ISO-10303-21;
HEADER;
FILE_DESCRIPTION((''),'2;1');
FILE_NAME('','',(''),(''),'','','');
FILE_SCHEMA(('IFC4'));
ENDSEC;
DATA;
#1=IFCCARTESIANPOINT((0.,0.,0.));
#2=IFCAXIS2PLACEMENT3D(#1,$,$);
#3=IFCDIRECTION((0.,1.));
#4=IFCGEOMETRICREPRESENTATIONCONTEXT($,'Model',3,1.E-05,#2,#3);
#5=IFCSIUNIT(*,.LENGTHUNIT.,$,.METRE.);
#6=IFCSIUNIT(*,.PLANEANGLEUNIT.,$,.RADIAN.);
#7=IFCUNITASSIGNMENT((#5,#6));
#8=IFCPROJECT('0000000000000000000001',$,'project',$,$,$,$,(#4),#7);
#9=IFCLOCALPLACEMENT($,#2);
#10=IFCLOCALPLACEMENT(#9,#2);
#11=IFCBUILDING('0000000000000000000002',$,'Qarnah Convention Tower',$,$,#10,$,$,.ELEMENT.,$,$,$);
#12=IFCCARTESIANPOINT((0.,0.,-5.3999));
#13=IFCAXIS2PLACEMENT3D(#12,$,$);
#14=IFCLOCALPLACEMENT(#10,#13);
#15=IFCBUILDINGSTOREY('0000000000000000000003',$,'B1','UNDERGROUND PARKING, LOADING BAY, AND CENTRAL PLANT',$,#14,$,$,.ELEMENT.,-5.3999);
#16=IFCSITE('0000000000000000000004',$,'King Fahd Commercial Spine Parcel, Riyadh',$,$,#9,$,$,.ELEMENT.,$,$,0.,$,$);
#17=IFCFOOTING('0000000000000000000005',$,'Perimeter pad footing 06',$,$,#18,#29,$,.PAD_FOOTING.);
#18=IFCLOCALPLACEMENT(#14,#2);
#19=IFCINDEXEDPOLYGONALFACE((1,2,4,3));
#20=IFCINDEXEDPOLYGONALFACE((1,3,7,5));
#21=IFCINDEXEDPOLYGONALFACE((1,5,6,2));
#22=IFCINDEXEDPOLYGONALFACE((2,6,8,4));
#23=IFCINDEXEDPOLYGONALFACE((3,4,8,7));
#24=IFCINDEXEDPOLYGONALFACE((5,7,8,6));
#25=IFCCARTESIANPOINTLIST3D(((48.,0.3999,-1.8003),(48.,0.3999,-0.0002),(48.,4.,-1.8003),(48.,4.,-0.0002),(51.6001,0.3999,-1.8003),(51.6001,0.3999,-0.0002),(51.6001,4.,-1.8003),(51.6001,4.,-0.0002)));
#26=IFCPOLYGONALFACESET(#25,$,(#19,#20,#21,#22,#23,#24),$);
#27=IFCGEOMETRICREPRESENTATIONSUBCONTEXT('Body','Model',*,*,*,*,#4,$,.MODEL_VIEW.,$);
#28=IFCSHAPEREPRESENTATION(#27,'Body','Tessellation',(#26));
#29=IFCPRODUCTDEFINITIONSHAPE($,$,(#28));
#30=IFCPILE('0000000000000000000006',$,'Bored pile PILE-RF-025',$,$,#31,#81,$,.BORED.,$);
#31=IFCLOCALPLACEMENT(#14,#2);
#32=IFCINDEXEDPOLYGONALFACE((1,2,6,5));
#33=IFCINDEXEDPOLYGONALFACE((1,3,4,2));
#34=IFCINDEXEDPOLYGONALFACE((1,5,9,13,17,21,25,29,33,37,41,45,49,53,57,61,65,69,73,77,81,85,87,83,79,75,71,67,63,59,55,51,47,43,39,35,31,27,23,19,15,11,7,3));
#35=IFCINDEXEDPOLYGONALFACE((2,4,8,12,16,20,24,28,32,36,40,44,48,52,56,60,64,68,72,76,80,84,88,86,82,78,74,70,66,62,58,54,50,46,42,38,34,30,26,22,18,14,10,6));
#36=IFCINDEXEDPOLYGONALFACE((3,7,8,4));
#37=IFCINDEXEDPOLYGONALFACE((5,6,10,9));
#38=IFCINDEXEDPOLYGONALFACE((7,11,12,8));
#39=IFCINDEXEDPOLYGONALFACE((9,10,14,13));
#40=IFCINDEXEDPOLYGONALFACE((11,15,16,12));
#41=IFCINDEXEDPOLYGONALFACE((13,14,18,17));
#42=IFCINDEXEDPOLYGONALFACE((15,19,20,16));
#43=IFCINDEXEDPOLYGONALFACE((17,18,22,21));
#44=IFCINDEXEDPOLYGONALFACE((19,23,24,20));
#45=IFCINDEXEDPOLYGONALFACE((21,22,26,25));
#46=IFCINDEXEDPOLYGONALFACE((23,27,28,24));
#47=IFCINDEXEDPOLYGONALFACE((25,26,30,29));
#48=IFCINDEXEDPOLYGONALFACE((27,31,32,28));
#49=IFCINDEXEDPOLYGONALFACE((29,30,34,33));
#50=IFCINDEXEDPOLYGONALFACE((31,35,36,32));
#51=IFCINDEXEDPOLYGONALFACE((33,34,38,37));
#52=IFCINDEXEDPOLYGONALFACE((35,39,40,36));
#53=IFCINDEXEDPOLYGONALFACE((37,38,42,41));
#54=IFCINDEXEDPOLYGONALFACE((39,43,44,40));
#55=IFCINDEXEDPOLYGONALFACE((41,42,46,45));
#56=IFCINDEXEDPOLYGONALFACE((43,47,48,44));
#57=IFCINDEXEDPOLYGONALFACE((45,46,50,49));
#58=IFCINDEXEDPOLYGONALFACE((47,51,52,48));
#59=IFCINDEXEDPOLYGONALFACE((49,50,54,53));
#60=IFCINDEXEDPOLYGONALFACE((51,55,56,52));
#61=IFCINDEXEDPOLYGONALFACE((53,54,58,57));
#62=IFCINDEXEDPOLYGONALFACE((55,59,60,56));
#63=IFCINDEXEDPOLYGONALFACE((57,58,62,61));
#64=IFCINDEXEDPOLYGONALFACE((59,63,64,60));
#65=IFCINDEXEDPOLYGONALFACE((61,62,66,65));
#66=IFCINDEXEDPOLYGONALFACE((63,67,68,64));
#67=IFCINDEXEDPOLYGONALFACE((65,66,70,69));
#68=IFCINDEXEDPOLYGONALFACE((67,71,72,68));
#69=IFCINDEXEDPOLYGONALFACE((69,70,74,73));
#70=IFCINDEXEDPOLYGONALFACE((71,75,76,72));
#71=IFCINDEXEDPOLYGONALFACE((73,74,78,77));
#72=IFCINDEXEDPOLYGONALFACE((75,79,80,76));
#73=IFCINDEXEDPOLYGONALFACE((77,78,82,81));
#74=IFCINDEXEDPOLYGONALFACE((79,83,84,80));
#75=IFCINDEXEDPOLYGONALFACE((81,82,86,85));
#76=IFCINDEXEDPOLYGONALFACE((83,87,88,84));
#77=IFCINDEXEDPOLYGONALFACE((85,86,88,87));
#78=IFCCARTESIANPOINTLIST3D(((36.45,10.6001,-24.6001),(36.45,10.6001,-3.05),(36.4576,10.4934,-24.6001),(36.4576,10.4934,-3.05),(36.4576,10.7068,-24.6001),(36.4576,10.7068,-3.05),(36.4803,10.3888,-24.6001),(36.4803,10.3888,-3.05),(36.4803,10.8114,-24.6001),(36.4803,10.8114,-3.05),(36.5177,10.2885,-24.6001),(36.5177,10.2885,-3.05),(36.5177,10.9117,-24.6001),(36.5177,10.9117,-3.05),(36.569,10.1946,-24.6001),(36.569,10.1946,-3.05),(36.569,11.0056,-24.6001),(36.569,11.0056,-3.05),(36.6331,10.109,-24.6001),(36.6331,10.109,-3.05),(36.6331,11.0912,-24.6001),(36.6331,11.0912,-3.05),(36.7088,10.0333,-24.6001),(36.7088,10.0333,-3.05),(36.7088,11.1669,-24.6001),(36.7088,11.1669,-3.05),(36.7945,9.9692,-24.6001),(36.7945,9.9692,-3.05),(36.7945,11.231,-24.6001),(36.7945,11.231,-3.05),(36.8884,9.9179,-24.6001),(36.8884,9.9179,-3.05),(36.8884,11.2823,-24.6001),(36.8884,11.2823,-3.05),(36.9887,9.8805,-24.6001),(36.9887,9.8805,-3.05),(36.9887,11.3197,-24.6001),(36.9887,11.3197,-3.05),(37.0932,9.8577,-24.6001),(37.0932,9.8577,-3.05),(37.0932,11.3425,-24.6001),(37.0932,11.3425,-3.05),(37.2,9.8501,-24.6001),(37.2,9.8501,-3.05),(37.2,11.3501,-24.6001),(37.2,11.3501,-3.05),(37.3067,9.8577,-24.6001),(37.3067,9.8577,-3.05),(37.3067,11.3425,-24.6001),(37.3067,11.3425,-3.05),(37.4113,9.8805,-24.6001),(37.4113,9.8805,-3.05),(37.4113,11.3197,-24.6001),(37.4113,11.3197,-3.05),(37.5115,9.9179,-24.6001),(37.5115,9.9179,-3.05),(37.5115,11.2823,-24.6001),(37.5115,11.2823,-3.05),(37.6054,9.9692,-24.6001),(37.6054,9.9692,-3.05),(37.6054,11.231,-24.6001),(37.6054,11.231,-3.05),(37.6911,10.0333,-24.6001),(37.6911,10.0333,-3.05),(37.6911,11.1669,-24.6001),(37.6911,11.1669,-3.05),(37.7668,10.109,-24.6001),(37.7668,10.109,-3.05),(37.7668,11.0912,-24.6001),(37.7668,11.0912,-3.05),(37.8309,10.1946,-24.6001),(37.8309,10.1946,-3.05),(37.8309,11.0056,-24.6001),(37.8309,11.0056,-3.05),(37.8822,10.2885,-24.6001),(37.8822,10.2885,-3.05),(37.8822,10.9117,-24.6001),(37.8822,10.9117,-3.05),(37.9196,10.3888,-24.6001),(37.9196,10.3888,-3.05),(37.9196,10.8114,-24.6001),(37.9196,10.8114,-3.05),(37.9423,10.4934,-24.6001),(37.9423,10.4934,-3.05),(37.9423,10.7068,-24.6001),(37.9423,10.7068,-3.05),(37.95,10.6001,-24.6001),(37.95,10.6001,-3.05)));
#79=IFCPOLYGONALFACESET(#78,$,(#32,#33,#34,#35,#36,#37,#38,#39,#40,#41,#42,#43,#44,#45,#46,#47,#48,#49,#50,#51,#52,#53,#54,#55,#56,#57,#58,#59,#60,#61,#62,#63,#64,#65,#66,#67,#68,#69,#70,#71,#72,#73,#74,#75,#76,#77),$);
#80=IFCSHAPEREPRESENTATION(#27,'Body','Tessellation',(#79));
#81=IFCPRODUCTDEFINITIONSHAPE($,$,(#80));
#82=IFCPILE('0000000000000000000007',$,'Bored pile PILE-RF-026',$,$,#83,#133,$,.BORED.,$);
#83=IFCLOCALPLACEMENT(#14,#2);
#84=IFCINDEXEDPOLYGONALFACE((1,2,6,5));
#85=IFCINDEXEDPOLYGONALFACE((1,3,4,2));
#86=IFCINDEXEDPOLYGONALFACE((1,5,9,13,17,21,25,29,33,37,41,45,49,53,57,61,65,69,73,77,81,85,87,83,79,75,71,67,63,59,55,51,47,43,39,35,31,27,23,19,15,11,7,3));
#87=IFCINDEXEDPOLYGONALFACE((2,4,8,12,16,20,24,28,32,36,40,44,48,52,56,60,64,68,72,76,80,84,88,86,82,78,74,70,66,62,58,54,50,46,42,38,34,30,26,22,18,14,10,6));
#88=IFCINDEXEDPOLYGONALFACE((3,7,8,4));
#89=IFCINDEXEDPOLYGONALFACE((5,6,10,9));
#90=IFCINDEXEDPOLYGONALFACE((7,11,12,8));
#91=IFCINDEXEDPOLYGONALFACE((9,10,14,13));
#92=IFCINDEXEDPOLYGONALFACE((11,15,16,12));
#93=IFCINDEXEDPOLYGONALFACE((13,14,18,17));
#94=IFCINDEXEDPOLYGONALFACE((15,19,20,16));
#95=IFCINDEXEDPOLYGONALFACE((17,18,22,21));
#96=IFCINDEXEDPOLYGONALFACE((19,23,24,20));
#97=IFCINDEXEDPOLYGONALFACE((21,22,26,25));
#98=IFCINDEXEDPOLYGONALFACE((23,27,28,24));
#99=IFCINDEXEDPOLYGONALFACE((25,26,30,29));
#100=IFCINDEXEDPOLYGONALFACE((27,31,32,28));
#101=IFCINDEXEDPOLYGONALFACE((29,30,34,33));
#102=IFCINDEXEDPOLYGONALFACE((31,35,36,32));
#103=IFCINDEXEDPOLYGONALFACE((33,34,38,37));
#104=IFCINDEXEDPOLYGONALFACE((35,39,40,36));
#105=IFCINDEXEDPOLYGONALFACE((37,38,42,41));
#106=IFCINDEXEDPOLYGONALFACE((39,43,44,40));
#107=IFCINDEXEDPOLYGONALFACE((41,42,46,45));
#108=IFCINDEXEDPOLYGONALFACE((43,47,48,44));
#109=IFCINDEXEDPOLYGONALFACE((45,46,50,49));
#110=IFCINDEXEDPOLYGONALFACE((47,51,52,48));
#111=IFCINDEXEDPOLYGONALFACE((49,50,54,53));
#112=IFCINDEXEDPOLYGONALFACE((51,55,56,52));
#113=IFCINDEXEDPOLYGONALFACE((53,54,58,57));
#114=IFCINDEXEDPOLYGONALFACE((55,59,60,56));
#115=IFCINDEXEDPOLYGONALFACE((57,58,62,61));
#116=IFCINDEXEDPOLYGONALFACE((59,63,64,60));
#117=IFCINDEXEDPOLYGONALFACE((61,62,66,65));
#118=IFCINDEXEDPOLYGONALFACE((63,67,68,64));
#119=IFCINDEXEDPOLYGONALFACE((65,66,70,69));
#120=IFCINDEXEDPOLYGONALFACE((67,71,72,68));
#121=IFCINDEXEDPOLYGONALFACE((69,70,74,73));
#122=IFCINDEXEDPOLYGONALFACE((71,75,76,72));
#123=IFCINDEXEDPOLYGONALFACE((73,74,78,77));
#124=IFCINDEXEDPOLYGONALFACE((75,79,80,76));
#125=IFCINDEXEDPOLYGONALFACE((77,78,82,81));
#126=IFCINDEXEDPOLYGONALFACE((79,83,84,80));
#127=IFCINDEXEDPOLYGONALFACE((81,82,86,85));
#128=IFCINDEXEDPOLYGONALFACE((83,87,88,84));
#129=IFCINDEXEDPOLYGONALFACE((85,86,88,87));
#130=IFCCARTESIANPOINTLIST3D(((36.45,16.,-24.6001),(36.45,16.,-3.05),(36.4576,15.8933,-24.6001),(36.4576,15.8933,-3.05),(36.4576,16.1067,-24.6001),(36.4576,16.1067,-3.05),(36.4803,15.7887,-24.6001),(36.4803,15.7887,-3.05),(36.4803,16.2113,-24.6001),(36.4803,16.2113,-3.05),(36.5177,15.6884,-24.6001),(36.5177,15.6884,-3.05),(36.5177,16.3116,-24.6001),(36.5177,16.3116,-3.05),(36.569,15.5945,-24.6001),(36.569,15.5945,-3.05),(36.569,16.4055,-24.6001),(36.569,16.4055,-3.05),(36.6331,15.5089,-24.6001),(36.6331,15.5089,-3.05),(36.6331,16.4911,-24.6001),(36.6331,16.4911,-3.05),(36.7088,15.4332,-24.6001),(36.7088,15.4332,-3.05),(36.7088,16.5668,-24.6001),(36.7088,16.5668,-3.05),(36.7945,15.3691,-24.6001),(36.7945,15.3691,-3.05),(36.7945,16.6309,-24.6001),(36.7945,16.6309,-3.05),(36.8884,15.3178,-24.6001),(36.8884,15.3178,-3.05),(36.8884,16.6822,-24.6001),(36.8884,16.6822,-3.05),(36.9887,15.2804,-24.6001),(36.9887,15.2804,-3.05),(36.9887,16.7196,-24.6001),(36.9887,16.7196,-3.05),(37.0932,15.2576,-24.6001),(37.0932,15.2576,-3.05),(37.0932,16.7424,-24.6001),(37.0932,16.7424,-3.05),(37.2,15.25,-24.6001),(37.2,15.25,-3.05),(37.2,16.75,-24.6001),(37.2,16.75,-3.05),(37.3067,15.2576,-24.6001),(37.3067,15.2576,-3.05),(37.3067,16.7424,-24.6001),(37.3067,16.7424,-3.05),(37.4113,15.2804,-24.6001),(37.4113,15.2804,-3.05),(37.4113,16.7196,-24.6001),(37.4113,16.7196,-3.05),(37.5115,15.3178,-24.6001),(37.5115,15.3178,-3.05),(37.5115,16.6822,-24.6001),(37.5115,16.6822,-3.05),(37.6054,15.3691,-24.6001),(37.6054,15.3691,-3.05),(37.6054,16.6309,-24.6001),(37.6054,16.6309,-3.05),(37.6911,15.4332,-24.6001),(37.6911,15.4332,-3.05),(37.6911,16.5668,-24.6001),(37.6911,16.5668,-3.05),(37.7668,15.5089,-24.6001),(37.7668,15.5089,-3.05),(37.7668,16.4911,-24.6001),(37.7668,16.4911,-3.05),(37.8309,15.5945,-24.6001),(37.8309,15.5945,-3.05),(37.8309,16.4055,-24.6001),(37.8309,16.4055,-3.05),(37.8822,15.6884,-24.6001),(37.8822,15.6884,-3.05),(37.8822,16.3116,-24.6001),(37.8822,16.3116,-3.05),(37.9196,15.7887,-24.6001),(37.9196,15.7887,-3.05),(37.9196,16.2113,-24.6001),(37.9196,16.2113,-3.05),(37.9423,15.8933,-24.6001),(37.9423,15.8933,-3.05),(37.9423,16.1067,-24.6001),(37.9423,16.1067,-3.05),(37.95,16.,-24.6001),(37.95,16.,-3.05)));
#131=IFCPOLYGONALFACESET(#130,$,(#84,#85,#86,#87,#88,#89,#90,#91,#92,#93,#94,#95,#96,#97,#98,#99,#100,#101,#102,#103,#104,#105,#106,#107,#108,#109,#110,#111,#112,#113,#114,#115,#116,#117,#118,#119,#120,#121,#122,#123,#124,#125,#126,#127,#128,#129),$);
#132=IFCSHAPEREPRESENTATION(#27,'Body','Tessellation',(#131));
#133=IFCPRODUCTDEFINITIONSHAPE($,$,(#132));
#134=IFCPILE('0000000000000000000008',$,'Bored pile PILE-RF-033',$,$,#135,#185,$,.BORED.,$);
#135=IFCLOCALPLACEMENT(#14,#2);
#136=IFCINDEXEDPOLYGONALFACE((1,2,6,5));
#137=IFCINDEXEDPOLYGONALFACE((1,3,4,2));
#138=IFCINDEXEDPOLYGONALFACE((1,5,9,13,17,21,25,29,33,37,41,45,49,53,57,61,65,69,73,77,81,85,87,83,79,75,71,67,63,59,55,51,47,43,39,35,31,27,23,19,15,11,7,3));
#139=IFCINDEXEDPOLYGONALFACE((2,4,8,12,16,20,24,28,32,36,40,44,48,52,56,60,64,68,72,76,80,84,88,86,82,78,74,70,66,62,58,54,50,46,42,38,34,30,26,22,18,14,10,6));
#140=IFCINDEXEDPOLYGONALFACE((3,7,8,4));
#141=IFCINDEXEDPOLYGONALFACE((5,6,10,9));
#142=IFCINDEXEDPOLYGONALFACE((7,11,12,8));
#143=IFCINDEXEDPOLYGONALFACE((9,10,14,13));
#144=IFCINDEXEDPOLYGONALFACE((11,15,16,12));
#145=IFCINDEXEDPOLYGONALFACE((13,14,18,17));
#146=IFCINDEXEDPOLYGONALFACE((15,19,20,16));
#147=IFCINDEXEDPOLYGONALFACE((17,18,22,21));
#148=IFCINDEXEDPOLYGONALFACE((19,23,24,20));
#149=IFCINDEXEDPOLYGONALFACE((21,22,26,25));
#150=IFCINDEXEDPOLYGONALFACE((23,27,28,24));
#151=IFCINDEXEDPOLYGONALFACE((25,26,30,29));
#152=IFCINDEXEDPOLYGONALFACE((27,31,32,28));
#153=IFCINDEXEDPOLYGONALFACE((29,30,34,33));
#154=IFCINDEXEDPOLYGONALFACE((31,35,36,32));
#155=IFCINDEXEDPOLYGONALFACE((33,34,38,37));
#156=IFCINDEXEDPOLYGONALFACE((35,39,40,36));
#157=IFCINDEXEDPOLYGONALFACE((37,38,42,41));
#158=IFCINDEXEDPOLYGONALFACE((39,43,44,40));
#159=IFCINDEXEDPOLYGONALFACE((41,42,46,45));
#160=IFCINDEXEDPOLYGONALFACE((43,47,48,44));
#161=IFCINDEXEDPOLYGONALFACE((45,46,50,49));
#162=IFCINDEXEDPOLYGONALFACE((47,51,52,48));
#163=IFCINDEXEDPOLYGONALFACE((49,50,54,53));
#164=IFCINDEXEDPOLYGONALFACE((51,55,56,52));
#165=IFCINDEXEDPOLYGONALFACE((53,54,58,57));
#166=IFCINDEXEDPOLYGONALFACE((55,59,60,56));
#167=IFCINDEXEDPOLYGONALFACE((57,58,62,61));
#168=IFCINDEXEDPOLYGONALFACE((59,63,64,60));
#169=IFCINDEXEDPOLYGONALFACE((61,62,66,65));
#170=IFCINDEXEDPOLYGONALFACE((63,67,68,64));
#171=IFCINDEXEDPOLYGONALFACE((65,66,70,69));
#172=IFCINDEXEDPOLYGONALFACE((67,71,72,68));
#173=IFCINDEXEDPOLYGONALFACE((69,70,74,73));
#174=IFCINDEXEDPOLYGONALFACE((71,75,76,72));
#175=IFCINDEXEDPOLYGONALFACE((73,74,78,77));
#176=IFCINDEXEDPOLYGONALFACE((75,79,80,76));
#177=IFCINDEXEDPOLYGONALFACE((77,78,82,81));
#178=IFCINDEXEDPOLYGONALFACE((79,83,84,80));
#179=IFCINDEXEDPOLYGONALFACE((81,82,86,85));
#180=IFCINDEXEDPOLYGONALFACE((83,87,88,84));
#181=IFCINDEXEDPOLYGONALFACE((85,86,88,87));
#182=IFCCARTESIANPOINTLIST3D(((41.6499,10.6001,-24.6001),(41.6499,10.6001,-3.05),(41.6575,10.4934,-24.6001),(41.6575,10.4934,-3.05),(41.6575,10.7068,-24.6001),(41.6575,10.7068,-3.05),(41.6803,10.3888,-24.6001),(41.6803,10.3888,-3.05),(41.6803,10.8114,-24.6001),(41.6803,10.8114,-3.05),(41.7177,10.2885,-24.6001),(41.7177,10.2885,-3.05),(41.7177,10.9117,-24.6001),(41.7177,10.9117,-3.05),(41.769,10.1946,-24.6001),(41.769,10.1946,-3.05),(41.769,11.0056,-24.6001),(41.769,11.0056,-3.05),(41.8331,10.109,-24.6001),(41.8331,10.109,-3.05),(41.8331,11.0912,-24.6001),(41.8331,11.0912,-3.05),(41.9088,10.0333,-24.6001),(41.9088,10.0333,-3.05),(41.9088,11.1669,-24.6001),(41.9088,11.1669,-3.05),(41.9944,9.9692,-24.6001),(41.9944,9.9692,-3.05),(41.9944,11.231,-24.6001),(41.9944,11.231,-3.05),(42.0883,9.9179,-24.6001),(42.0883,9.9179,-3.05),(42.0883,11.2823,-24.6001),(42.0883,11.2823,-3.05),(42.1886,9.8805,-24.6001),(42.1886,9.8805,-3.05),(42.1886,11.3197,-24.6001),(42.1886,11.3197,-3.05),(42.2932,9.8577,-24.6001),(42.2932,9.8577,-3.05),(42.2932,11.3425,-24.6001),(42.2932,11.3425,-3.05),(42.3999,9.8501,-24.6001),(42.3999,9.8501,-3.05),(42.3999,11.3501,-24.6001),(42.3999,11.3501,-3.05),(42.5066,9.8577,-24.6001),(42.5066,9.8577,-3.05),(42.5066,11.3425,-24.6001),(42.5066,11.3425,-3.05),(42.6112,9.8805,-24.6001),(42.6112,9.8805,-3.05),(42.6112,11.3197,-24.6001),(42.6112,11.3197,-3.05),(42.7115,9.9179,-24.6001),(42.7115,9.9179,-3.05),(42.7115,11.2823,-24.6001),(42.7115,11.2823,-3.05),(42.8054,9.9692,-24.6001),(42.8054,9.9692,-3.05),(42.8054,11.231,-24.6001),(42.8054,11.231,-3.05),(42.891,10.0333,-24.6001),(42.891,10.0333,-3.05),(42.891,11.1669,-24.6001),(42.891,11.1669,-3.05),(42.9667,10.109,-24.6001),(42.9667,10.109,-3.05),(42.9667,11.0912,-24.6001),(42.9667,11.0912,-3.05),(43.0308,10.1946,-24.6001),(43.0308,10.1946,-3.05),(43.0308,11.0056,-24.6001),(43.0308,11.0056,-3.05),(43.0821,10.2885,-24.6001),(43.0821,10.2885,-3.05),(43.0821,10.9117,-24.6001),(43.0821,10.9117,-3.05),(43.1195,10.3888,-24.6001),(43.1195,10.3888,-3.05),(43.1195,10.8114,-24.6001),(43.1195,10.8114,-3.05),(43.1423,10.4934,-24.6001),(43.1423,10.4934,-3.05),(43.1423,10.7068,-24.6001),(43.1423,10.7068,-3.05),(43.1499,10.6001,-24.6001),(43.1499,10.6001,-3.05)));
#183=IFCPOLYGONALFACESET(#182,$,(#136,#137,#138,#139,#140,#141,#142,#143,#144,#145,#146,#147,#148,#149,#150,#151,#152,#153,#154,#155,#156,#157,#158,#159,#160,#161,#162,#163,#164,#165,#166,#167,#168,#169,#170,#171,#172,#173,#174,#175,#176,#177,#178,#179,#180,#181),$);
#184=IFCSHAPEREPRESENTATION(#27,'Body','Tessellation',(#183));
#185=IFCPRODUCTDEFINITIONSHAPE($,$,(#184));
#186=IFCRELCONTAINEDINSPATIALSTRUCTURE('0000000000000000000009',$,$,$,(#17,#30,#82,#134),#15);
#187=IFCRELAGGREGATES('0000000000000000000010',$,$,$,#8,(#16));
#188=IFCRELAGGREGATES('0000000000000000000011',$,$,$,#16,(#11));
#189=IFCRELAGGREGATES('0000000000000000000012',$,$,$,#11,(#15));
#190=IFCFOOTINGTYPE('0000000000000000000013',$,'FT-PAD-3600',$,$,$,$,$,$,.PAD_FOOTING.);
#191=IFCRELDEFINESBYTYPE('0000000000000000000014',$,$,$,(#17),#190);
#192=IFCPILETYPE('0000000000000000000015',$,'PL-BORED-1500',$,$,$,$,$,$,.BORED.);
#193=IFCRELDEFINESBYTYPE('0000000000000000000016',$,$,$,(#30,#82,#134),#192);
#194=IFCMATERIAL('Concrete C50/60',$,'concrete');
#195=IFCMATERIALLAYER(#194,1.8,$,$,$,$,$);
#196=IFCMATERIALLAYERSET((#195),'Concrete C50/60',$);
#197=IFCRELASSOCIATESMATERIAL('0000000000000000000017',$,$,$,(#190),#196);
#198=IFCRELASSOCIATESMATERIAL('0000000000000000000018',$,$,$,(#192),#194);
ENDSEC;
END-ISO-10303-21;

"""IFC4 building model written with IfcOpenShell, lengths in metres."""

from ifc_helpers import new_model, si_unit, direction, frame, origin, origin_2d, place, context, subcontext, project, spatial, rectangle, circle, extrude, material, layer, layer_set, material_profile, profile_set, type_object, element, save


model = new_model("IFC4")

# Units and contexts
model_context = context("Model", 3, precision=1e-05, world=origin(), true_north=direction((0.0, 1.0)))
body_context = subcontext(model_context, "Body", "Model", "MODEL_VIEW")
ifc_project = project(units=[si_unit("LENGTHUNIT", "METRE"), si_unit("PLANEANGLEUNIT", "RADIAN")], contexts=[model_context])

# Site, building, storey
site_placement = place(None, origin())
site = spatial("IfcSite", under=ifc_project, at=site_placement, Name="King Fahd Commercial Spine Parcel, Riyadh", CompositionType="ELEMENT", RefElevation=0.0)
building_placement = place(site_placement, origin())
building = spatial("IfcBuilding", under=site, at=building_placement, Name="Qarnah Convention Tower", CompositionType="ELEMENT")
storey_placement = place(building_placement, frame((0.0, 0.0, -5.3999)))
storey = spatial("IfcBuildingStorey", under=building, at=storey_placement, Name="B1", Description="UNDERGROUND PARKING, LOADING BAY, AND CENTRAL PLANT", CompositionType="ELEMENT", Elevation=-5.3999)

# Footing
ifc_material_1 = material(Name="Concrete C50/60", Category="concrete")
ifc_layer_1 = layer(ifc_material_1, 1.8)
ifc_layer_set_1 = layer_set([ifc_layer_1], Name="Concrete C50/60")
footing_type = type_object("IfcFootingType", Name="FT-PAD-3600", PredefinedType="PAD_FOOTING", material=ifc_layer_set_1)
footing_placement = place(storey_placement, frame((49.8, 2.2, -1.8003), z_axis=(0.0, 0.0, 1.0), x_axis=(1.0, 0.0, 0.0)))
element("IfcFooting", 1, at=footing_placement, inside=storey, type_object=footing_type, Name="Perimeter pad footing 06", PredefinedType="PAD_FOOTING", context=body_context, shape_type="SweptSolid", body=[
    extrude(rectangle(XDim=3.6001, YDim=3.6001, at=origin_2d()), origin(), (0.0, 0.0, 1.0), 1.8),
])

# Piles
ifc_material_profile_1 = material_profile(ifc_material_1, circle(Radius=0.75, at=origin_2d()), Name="PILE-D1500")
ifc_profile_set_1 = profile_set([ifc_material_profile_1], Name="Concrete C50/60")
pile_type_1 = type_object("IfcPileType", Name="PL-BORED-1500", PredefinedType="BORED", material=ifc_profile_set_1)
for number, where, z_axis, x_axis, name in (
    (2, (37.2, 10.6001, -3.05), (0.0, 0.0, -1.0), (1.0, 0.0, 0.0), "Bored pile PILE-RF-025"),
    (3, (37.2, 16.0, -3.05), (0.0, 0.0, -1.0), (1.0, 0.0, 0.0), "Bored pile PILE-RF-026"),
    (4, (42.3999, 10.6001, -3.05), (0.0, 0.0, -1.0), (1.0, 0.0, 0.0), "Bored pile PILE-RF-033"),
):
    element("IfcPile", number, at=place(storey_placement, frame(where, z_axis=z_axis, x_axis=x_axis)), inside=storey, type_object=pile_type_1, Name=name, PredefinedType="BORED", context=body_context, shape_type="SweptSolid", body=[
        extrude(circle(Radius=0.75, at=origin_2d()), origin(), (0.0, 0.0, 1.0), 21.55),
    ])

save(model, "model.ifc")
